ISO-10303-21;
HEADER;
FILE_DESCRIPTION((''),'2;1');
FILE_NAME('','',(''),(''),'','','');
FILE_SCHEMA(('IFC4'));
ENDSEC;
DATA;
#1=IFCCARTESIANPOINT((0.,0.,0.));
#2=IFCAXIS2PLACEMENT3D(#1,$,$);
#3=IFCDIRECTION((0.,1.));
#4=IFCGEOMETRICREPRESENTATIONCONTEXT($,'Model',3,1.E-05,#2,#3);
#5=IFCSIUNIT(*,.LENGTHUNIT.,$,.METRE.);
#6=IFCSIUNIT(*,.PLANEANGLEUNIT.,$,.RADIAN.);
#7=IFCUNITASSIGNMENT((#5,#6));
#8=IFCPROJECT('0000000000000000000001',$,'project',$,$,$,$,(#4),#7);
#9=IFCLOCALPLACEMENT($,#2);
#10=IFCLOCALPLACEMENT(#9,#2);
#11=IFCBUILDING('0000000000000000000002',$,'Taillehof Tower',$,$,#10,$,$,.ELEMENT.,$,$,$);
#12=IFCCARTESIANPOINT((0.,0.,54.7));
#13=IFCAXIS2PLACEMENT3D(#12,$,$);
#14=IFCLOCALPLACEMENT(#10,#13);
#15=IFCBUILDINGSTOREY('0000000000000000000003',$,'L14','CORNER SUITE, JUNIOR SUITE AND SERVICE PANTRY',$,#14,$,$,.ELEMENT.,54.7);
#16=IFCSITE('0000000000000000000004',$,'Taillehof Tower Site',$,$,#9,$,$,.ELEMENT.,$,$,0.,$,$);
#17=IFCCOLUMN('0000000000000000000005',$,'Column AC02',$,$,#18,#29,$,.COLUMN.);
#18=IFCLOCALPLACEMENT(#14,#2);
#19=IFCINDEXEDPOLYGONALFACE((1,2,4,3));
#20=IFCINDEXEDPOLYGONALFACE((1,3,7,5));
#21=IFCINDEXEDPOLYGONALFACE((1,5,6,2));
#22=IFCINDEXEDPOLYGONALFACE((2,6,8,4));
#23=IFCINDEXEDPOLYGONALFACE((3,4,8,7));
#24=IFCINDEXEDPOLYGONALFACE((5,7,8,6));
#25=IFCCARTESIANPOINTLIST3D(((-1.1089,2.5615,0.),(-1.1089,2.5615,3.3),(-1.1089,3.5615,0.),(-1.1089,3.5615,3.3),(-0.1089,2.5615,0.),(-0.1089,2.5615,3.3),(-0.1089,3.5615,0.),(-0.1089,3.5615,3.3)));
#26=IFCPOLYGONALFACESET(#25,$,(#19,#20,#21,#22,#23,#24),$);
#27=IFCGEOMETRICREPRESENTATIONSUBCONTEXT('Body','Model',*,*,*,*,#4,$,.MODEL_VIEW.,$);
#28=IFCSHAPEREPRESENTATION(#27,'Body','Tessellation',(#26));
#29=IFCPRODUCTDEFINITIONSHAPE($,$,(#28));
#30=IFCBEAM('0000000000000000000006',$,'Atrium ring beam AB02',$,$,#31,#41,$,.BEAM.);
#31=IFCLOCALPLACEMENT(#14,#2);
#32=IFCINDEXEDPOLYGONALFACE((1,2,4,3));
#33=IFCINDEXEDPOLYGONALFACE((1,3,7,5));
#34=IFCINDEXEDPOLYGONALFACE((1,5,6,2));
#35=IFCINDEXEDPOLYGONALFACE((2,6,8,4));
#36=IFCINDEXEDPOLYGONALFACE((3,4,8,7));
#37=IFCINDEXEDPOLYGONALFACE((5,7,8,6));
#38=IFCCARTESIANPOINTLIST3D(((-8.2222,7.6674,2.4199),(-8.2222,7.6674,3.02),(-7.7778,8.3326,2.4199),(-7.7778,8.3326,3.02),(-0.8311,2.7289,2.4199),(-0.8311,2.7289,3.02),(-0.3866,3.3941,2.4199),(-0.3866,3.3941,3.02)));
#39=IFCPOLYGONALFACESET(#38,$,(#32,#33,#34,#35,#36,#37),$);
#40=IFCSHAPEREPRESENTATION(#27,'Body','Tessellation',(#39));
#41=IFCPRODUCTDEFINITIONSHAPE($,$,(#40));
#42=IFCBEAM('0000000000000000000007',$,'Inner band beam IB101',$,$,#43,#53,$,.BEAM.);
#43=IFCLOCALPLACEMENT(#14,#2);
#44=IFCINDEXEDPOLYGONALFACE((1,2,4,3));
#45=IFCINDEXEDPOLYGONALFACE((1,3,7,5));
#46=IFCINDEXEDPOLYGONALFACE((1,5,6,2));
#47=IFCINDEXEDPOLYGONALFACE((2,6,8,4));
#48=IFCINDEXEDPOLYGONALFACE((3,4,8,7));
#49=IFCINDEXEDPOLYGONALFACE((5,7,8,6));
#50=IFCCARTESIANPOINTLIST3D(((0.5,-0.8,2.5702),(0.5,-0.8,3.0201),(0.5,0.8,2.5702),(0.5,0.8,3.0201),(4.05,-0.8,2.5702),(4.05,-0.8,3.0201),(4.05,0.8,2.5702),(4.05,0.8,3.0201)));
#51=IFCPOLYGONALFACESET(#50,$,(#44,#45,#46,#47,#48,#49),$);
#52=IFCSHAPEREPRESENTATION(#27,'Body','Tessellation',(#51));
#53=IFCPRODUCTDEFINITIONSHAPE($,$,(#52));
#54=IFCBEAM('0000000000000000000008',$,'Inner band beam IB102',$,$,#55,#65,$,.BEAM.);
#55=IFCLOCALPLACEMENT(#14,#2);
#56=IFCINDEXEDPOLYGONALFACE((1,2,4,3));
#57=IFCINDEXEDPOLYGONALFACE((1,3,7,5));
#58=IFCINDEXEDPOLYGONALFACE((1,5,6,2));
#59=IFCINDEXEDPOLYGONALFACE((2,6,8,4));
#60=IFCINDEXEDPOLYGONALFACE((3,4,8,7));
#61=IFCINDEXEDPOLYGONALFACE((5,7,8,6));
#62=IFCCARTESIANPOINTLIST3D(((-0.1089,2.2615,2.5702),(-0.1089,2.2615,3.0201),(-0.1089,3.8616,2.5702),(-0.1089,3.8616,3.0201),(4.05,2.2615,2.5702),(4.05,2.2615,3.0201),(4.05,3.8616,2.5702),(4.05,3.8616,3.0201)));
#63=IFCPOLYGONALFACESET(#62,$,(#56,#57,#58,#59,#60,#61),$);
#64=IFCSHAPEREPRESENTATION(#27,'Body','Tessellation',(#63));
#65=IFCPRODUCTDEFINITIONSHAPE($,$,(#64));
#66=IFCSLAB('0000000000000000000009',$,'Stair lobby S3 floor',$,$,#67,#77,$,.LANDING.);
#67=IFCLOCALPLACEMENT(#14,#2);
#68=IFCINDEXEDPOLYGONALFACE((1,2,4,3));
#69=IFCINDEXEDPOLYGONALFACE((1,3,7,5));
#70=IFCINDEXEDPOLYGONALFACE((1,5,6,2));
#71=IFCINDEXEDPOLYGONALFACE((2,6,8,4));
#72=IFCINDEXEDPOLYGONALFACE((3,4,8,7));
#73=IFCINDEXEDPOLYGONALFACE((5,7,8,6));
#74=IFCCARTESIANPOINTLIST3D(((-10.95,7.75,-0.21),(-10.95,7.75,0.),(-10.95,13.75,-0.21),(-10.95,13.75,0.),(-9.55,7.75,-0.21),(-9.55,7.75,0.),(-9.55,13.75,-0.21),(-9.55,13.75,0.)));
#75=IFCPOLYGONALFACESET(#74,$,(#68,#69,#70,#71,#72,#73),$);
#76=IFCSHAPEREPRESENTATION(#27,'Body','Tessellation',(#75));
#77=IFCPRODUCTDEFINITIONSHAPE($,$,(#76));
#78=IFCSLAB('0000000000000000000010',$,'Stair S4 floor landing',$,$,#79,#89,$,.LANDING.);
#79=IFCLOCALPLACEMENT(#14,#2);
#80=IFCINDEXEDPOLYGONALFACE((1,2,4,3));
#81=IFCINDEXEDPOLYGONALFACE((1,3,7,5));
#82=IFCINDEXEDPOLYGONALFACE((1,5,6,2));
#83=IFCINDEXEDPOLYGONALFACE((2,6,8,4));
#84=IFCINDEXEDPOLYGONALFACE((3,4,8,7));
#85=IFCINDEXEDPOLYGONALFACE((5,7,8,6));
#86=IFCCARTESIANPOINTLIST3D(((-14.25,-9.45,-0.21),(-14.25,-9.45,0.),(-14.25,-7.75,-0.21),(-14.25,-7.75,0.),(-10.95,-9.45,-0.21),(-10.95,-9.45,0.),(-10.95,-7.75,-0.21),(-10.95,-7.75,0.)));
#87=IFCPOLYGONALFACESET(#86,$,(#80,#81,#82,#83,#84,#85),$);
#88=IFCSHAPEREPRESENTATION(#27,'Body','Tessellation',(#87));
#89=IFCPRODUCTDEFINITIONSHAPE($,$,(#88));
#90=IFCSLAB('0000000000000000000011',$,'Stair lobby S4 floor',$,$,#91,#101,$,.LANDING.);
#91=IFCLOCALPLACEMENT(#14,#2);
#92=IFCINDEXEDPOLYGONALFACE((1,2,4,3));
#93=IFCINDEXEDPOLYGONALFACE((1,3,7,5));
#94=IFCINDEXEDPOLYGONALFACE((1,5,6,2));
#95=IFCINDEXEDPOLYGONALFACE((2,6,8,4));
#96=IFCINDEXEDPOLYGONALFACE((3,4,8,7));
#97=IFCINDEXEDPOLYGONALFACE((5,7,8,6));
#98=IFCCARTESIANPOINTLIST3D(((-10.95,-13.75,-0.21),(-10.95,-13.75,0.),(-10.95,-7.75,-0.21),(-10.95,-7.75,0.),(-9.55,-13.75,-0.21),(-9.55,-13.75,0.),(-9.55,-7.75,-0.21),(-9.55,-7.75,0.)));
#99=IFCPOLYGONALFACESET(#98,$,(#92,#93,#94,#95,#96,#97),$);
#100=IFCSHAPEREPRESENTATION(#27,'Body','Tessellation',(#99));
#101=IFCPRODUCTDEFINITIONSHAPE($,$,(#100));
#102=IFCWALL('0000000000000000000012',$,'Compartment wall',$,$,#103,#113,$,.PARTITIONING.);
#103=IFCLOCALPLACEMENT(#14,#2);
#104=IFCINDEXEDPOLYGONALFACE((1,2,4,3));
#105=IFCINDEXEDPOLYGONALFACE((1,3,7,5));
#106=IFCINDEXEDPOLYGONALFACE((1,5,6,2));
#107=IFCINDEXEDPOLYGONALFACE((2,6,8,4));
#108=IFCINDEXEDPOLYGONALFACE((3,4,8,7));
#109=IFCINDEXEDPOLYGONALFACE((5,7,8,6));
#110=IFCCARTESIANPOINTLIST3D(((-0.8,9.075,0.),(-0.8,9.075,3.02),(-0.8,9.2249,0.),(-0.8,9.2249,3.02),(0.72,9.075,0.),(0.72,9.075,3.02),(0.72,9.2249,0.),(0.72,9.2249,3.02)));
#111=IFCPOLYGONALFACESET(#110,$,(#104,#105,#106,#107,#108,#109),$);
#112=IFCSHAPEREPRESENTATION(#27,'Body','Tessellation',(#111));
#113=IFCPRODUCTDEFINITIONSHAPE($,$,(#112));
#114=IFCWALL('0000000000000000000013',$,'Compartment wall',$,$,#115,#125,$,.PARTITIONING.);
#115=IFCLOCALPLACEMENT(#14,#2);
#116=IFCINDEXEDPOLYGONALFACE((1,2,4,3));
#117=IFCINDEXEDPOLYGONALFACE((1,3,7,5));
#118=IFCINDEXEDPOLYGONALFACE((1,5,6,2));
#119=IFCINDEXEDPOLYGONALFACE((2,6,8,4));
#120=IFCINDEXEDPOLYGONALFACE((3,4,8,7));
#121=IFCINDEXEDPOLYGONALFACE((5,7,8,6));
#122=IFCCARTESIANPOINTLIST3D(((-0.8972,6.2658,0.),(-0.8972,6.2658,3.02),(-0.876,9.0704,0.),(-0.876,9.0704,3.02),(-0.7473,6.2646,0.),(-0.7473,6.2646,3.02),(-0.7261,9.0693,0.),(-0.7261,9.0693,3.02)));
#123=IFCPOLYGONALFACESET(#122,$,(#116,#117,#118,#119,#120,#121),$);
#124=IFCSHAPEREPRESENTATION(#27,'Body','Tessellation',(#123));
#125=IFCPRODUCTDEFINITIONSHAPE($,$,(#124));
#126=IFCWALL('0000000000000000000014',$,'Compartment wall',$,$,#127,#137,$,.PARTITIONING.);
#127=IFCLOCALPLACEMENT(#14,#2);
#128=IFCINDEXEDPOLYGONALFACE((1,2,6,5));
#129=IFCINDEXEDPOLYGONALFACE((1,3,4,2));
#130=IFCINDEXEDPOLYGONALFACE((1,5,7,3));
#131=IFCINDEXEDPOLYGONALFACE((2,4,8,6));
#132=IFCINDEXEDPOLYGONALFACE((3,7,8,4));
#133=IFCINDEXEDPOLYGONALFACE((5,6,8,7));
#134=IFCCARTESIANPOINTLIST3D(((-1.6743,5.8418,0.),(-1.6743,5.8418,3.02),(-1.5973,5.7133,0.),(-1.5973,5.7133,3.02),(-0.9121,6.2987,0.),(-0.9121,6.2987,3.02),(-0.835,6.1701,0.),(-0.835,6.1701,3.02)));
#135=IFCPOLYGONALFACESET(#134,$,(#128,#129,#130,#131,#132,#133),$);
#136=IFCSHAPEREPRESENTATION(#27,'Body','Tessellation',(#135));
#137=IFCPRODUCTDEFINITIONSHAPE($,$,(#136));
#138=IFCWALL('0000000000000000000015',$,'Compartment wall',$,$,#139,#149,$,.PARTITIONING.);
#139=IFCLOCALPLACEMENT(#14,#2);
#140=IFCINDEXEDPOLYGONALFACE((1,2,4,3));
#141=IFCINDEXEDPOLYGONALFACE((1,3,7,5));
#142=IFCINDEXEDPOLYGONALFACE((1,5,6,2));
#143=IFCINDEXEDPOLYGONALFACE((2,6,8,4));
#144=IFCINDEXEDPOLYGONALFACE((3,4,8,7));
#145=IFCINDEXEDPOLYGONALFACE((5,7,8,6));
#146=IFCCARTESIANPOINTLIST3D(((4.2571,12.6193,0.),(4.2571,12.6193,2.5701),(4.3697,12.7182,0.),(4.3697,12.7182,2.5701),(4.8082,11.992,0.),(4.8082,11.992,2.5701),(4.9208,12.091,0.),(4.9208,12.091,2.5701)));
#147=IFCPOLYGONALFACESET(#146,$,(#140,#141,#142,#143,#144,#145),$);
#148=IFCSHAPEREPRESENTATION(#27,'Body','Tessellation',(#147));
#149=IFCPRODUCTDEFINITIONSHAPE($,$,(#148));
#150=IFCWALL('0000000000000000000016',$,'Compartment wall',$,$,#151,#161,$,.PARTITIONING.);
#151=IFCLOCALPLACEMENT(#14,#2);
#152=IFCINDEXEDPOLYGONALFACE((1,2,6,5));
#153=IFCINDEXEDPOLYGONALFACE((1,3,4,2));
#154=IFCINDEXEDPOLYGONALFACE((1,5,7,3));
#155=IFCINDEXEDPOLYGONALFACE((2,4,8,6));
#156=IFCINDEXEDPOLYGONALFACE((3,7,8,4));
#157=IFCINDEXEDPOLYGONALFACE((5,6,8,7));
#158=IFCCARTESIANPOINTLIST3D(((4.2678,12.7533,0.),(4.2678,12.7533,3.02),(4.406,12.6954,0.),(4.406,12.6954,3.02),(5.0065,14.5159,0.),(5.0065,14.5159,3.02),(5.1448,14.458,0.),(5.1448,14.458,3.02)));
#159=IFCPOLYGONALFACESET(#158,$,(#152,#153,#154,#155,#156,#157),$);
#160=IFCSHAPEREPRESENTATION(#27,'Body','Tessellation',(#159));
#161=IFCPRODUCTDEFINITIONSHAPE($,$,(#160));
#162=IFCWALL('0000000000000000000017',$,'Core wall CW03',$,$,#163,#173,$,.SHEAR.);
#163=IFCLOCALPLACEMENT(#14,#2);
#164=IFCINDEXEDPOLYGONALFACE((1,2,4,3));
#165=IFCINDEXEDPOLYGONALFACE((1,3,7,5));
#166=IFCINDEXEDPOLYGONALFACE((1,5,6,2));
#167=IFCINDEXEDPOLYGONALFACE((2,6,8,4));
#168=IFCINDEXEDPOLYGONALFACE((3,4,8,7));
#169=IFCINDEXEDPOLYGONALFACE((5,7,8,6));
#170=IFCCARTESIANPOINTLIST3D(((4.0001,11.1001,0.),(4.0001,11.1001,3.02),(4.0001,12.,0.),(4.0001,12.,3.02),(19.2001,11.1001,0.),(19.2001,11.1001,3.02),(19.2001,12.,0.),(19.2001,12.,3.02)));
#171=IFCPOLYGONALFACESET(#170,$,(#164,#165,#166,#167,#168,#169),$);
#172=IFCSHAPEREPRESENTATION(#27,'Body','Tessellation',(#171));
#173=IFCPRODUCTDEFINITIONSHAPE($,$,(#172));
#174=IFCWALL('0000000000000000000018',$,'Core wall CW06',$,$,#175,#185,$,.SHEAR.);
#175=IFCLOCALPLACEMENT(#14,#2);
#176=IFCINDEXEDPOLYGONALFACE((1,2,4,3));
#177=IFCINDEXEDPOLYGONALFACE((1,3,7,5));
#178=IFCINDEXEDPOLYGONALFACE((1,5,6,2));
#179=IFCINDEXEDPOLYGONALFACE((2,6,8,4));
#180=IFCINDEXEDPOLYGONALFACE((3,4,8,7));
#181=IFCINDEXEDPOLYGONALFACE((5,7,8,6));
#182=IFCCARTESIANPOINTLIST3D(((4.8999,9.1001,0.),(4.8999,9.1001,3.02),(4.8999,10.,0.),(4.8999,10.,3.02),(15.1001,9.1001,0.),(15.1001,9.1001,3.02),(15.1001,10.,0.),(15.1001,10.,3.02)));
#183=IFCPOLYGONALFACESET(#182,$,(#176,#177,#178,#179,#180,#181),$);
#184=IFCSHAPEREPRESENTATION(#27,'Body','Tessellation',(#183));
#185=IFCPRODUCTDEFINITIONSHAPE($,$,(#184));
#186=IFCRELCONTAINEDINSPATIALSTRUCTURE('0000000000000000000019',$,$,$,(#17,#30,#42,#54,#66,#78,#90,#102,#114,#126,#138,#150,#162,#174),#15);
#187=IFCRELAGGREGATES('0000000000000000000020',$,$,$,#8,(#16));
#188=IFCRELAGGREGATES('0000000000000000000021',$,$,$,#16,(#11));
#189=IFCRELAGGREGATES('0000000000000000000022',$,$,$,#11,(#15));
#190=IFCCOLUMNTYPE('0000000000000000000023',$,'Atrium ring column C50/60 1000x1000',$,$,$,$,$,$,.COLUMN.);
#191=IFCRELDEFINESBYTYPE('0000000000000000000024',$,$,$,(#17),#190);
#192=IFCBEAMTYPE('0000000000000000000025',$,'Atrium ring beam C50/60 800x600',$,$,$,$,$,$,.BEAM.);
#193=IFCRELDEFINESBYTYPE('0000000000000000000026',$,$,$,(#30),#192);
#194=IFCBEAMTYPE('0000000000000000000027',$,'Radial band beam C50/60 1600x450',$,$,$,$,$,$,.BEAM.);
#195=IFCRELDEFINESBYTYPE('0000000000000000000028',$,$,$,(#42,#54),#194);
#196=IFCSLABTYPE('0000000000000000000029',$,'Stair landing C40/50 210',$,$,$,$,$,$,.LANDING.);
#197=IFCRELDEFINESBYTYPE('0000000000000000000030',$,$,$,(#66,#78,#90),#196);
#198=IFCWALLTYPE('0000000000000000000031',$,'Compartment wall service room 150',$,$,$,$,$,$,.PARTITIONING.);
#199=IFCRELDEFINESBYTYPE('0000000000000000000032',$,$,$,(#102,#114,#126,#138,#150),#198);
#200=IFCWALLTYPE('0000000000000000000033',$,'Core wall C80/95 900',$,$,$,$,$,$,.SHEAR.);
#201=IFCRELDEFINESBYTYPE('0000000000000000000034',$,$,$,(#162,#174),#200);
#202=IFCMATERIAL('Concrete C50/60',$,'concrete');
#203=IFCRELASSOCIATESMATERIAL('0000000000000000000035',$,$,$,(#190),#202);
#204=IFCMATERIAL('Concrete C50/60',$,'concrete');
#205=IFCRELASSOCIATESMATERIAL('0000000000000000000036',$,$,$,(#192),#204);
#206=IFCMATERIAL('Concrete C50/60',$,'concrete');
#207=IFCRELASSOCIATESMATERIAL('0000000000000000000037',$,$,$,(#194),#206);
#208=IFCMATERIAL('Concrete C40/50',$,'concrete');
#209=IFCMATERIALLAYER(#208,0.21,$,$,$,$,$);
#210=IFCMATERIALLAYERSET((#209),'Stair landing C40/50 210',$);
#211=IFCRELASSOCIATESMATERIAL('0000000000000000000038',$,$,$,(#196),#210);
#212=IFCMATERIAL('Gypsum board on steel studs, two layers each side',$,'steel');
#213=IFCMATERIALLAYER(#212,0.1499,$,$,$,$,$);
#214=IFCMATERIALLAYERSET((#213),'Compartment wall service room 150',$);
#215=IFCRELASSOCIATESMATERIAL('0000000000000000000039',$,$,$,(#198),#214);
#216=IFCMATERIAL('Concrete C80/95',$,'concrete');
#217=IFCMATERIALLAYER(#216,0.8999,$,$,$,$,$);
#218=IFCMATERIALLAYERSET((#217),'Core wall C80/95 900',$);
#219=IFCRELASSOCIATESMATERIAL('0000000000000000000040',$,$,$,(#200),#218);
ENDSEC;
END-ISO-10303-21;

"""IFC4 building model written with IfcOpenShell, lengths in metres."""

from ifc_helpers import new_model, si_unit, direction, frame, frame_2d, origin, origin_2d, place, context, subcontext, project, spatial, polyline, rectangle, outline, extrude, material, layer, layer_set, material_profile, profile_set, type_object, element, save


model = new_model("IFC4")

# Units and contexts
model_context = context("Model", 3, precision=1e-05, world=origin(), true_north=direction((0.0, 1.0)))
body_context = subcontext(model_context, "Body", "Model", "MODEL_VIEW")
ifc_project = project(units=[si_unit("LENGTHUNIT", "METRE"), si_unit("PLANEANGLEUNIT", "RADIAN")], contexts=[model_context])

# Site, building, storey
site_placement = place(None, origin())
site = spatial("IfcSite", under=ifc_project, at=site_placement, Name="Taillehof Tower Site", CompositionType="ELEMENT", RefElevation=0.0)
building_placement = place(site_placement, origin())
building = spatial("IfcBuilding", under=site, at=building_placement, Name="Taillehof Tower", CompositionType="ELEMENT")
storey_placement = place(building_placement, frame((0.0, 0.0, 54.7)))
storey = spatial("IfcBuildingStorey", under=building, at=storey_placement, Name="L14", Description="CORNER SUITE, JUNIOR SUITE AND SERVICE PANTRY", CompositionType="ELEMENT", Elevation=54.7)

# Column
ifc_material_1 = material(Name="Concrete C50/60", Category="concrete")
ifc_material_profile_1 = material_profile(ifc_material_1, rectangle(XDim=1.0, YDim=1.0, at=origin_2d()), Name="RC 1000x1000")
ifc_profile_set_1 = profile_set([ifc_material_profile_1], Name="Concrete C50/60")
column_type = type_object("IfcColumnType", Name="Atrium ring column C50/60 1000x1000", PredefinedType="COLUMN", material=ifc_profile_set_1)
column_placement = place(storey_placement, frame((-0.6089, 3.0615, 0.0), z_axis=(0.0, 0.0, 1.0), x_axis=(1.0, 0.0, 0.0)))
element("IfcColumn", 1, at=column_placement, inside=storey, type_object=column_type, Name="Column AC02", PredefinedType="COLUMN", context=body_context, shape_type="SweptSolid", body=[
    extrude(rectangle(XDim=1.0, YDim=1.0, at=origin_2d()), origin(), (0.0, 0.0, 1.0), 3.3),
])

# Beams
ifc_material_2 = material(Name="Concrete C50/60", Category="concrete")
ifc_material_profile_2 = material_profile(ifc_material_2, rectangle(XDim=0.8, YDim=0.6001, at=origin_2d()), Name="RC 800x600")
ifc_profile_set_2 = profile_set([ifc_material_profile_2], Name="Concrete C50/60")
beam_type_1 = type_object("IfcBeamType", Name="Atrium ring beam C50/60 800x600", PredefinedType="BEAM", material=ifc_profile_set_2)
beam_1_placement = place(storey_placement, frame((-0.6089, 3.0615, 2.72), z_axis=(-0.831475, 0.555562, 0.0), x_axis=(-0.555562, -0.831475, 0.0)))
element("IfcBeam", 2, at=beam_1_placement, inside=storey, type_object=beam_type_1, Name="Atrium ring beam AB02", PredefinedType="BEAM", context=body_context, shape_type="SweptSolid", body=[
    extrude(rectangle(XDim=0.8, YDim=0.6001, at=origin_2d()), origin(), (0.0, 0.0, 1.0), 8.8892),
])
ifc_material_3 = material(Name="Concrete C50/60", Category="concrete")
ifc_material_profile_3 = material_profile(ifc_material_3, rectangle(XDim=1.6001, YDim=0.45, at=origin_2d()), Name="RC 1600x450")
ifc_profile_set_3 = profile_set([ifc_material_profile_3], Name="Concrete C50/60")
beam_type_2 = type_object("IfcBeamType", Name="Radial band beam C50/60 1600x450", PredefinedType="BEAM", material=ifc_profile_set_3)
beam_2_placement = place(storey_placement, frame((0.5, 0.0, 2.7952), z_axis=(1.0, 0.0, 0.0), x_axis=(0.0, 1.0, 0.0)))
element("IfcBeam", 3, at=beam_2_placement, inside=storey, type_object=beam_type_2, Name="Inner band beam IB101", PredefinedType="BEAM", context=body_context, shape_type="SweptSolid", body=[
    extrude(rectangle(XDim=1.6001, YDim=0.45, at=origin_2d()), origin(), (0.0, 0.0, 1.0), 3.55),
])
beam_3_placement = place(storey_placement, frame((-0.1089, 3.0615, 2.7952), z_axis=(1.0, 0.0, 0.0), x_axis=(0.0, 1.0, 0.0)))
element("IfcBeam", 4, at=beam_3_placement, inside=storey, type_object=beam_type_2, Name="Inner band beam IB102", PredefinedType="BEAM", context=body_context, shape_type="SweptSolid", body=[
    extrude(rectangle(XDim=1.6001, YDim=0.45, at=origin_2d()), origin(), (0.0, 0.0, 1.0), 4.1589),
])

# Slabs
ifc_material_4 = material(Name="Concrete C40/50", Category="concrete")
ifc_layer_1 = layer(ifc_material_4, 0.21)
ifc_layer_set_1 = layer_set([ifc_layer_1], Name="Stair landing C40/50 210")
slab_type = type_object("IfcSlabType", Name="Stair landing C40/50 210", PredefinedType="LANDING", material=ifc_layer_set_1)
slab_1_placement = place(storey_placement, frame((0.0, 0.0, -0.21)))
element("IfcSlab", 5, at=slab_1_placement, inside=storey, type_object=slab_type, Name="Stair lobby S3 floor", PredefinedType="LANDING", context=body_context, shape_type="SweptSolid", body=[
    extrude(outline(polyline([(-10.95, 7.75), (-9.55, 7.75), (-9.55, 13.75), (-10.95, 13.75), (-10.95, 7.75)])), origin(), (0.0, 0.0, 1.0), 0.21),
])
slab_2_placement = place(storey_placement, frame((0.0, 0.0, -0.21)))
element("IfcSlab", 6, at=slab_2_placement, inside=storey, type_object=slab_type, Name="Stair S4 floor landing", PredefinedType="LANDING", context=body_context, shape_type="SweptSolid", body=[
    extrude(outline(polyline([(-14.25, -7.75), (-14.25, -9.45), (-10.95, -9.45), (-10.95, -7.75), (-14.25, -7.75)])), origin(), (0.0, 0.0, 1.0), 0.21),
])
slab_3_placement = place(storey_placement, frame((0.0, 0.0, -0.21)))
element("IfcSlab", 7, at=slab_3_placement, inside=storey, type_object=slab_type, Name="Stair lobby S4 floor", PredefinedType="LANDING", context=body_context, shape_type="SweptSolid", body=[
    extrude(outline(polyline([(-10.95, -13.75), (-9.55, -13.75), (-9.55, -7.75), (-10.95, -7.75), (-10.95, -13.75)])), origin(), (0.0, 0.0, 1.0), 0.21),
])

# Walls
ifc_material_5 = material(Name="Gypsum board on steel studs, two layers each side", Category="steel")
ifc_layer_2 = layer(ifc_material_5, 0.1499)
ifc_layer_set_2 = layer_set([ifc_layer_2], Name="Compartment wall service room 150")
wall_type_1 = type_object("IfcWallType", Name="Compartment wall service room 150", PredefinedType="PARTITIONING", material=ifc_layer_set_2)
wall_1_placement = place(storey_placement, frame((0.72, 9.1499, 0.0), z_axis=(0.0, 0.0, 1.0), x_axis=(-1.0, 0.0, 0.0)))
element("IfcWall", 8, at=wall_1_placement, inside=storey, type_object=wall_type_1, Name="Compartment wall", PredefinedType="PARTITIONING", context=body_context, shape_type="SweptSolid", body=[
    extrude(rectangle(XDim=1.52, YDim=0.1499, at=frame_2d((0.76, 0.0))), origin(), (0.0, 0.0, 1.0), 3.02),
])
wall_2_placement = place(storey_placement, frame((-0.801, 9.0698, 0.0), z_axis=(0.0, 0.0, 1.0), x_axis=(-0.007573, -0.999971, 0.0)))
element("IfcWall", 9, at=wall_2_placement, inside=storey, type_object=wall_type_1, Name="Compartment wall", PredefinedType="PARTITIONING", context=body_context, shape_type="SweptSolid", body=[
    extrude(rectangle(XDim=2.8047, YDim=0.1499, at=frame_2d((1.4023, 0.0))), origin(), (0.0, 0.0, 1.0), 3.02),
])
wall_3_placement = place(storey_placement, frame((-0.8735, 6.2344, 0.0), z_axis=(0.0, 0.0, 1.0), x_axis=(-0.857759, -0.514051, 0.0)))
element("IfcWall", 10, at=wall_3_placement, inside=storey, type_object=wall_type_1, Name="Compartment wall", PredefinedType="PARTITIONING", context=body_context, shape_type="SweptSolid", body=[
    extrude(rectangle(XDim=0.8887, YDim=0.1499, at=frame_2d((0.4443, 0.0))), origin(), (0.0, 0.0, 1.0), 3.02),
])
wall_4_placement = place(storey_placement, frame((4.8645, 12.0415, 0.0), z_axis=(0.0, 0.0, 1.0), x_axis=(-0.660015, 0.751253, 0.0)))
element("IfcWall", 11, at=wall_4_placement, inside=storey, type_object=wall_type_1, Name="Compartment wall", PredefinedType="PARTITIONING", context=body_context, shape_type="SweptSolid", body=[
    extrude(rectangle(XDim=0.835, YDim=0.1499, at=frame_2d((0.4175, 0.0))), origin(), (0.0, 0.0, 1.0), 2.5701),
])
wall_5_placement = place(storey_placement, frame((4.3369, 12.7244, 0.0), z_axis=(0.0, 0.0, 1.0), x_axis=(0.386537, 0.922274, 0.0)))
element("IfcWall", 12, at=wall_5_placement, inside=storey, type_object=wall_type_1, Name="Compartment wall", PredefinedType="PARTITIONING", context=body_context, shape_type="SweptSolid", body=[
    extrude(rectangle(XDim=1.9111, YDim=0.1499, at=frame_2d((0.9556, 0.0))), origin(), (0.0, 0.0, 1.0), 3.02),
])
ifc_material_6 = material(Name="Concrete C80/95", Category="concrete")
ifc_layer_3 = layer(ifc_material_6, 0.8999)
ifc_layer_set_3 = layer_set([ifc_layer_3], Name="Core wall C80/95 900")
wall_type_2 = type_object("IfcWallType", Name="Core wall C80/95 900", PredefinedType="SHEAR", material=ifc_layer_set_3)
wall_6_placement = place(storey_placement, frame((4.0, 11.55, 0.0), z_axis=(0.0, 0.0, 1.0), x_axis=(1.0, 0.0, 0.0)))
element("IfcWall", 13, at=wall_6_placement, inside=storey, type_object=wall_type_2, Name="Core wall CW03", PredefinedType="SHEAR", context=body_context, shape_type="SweptSolid", body=[
    extrude(rectangle(XDim=15.2, YDim=0.8999, at=frame_2d((7.6001, 0.0))), origin(), (0.0, 0.0, 1.0), 3.02),
])
wall_7_placement = place(storey_placement, frame((4.8999, 9.55, 0.0), z_axis=(0.0, 0.0, 1.0), x_axis=(1.0, 0.0, 0.0)))
element("IfcWall", 14, at=wall_7_placement, inside=storey, type_object=wall_type_2, Name="Core wall CW06", PredefinedType="SHEAR", context=body_context, shape_type="SweptSolid", body=[
    extrude(rectangle(XDim=10.2002, YDim=0.8999, at=frame_2d((5.1001, 0.0))), origin(), (0.0, 0.0, 1.0), 3.02),
])

save(model, "model.ifc")
